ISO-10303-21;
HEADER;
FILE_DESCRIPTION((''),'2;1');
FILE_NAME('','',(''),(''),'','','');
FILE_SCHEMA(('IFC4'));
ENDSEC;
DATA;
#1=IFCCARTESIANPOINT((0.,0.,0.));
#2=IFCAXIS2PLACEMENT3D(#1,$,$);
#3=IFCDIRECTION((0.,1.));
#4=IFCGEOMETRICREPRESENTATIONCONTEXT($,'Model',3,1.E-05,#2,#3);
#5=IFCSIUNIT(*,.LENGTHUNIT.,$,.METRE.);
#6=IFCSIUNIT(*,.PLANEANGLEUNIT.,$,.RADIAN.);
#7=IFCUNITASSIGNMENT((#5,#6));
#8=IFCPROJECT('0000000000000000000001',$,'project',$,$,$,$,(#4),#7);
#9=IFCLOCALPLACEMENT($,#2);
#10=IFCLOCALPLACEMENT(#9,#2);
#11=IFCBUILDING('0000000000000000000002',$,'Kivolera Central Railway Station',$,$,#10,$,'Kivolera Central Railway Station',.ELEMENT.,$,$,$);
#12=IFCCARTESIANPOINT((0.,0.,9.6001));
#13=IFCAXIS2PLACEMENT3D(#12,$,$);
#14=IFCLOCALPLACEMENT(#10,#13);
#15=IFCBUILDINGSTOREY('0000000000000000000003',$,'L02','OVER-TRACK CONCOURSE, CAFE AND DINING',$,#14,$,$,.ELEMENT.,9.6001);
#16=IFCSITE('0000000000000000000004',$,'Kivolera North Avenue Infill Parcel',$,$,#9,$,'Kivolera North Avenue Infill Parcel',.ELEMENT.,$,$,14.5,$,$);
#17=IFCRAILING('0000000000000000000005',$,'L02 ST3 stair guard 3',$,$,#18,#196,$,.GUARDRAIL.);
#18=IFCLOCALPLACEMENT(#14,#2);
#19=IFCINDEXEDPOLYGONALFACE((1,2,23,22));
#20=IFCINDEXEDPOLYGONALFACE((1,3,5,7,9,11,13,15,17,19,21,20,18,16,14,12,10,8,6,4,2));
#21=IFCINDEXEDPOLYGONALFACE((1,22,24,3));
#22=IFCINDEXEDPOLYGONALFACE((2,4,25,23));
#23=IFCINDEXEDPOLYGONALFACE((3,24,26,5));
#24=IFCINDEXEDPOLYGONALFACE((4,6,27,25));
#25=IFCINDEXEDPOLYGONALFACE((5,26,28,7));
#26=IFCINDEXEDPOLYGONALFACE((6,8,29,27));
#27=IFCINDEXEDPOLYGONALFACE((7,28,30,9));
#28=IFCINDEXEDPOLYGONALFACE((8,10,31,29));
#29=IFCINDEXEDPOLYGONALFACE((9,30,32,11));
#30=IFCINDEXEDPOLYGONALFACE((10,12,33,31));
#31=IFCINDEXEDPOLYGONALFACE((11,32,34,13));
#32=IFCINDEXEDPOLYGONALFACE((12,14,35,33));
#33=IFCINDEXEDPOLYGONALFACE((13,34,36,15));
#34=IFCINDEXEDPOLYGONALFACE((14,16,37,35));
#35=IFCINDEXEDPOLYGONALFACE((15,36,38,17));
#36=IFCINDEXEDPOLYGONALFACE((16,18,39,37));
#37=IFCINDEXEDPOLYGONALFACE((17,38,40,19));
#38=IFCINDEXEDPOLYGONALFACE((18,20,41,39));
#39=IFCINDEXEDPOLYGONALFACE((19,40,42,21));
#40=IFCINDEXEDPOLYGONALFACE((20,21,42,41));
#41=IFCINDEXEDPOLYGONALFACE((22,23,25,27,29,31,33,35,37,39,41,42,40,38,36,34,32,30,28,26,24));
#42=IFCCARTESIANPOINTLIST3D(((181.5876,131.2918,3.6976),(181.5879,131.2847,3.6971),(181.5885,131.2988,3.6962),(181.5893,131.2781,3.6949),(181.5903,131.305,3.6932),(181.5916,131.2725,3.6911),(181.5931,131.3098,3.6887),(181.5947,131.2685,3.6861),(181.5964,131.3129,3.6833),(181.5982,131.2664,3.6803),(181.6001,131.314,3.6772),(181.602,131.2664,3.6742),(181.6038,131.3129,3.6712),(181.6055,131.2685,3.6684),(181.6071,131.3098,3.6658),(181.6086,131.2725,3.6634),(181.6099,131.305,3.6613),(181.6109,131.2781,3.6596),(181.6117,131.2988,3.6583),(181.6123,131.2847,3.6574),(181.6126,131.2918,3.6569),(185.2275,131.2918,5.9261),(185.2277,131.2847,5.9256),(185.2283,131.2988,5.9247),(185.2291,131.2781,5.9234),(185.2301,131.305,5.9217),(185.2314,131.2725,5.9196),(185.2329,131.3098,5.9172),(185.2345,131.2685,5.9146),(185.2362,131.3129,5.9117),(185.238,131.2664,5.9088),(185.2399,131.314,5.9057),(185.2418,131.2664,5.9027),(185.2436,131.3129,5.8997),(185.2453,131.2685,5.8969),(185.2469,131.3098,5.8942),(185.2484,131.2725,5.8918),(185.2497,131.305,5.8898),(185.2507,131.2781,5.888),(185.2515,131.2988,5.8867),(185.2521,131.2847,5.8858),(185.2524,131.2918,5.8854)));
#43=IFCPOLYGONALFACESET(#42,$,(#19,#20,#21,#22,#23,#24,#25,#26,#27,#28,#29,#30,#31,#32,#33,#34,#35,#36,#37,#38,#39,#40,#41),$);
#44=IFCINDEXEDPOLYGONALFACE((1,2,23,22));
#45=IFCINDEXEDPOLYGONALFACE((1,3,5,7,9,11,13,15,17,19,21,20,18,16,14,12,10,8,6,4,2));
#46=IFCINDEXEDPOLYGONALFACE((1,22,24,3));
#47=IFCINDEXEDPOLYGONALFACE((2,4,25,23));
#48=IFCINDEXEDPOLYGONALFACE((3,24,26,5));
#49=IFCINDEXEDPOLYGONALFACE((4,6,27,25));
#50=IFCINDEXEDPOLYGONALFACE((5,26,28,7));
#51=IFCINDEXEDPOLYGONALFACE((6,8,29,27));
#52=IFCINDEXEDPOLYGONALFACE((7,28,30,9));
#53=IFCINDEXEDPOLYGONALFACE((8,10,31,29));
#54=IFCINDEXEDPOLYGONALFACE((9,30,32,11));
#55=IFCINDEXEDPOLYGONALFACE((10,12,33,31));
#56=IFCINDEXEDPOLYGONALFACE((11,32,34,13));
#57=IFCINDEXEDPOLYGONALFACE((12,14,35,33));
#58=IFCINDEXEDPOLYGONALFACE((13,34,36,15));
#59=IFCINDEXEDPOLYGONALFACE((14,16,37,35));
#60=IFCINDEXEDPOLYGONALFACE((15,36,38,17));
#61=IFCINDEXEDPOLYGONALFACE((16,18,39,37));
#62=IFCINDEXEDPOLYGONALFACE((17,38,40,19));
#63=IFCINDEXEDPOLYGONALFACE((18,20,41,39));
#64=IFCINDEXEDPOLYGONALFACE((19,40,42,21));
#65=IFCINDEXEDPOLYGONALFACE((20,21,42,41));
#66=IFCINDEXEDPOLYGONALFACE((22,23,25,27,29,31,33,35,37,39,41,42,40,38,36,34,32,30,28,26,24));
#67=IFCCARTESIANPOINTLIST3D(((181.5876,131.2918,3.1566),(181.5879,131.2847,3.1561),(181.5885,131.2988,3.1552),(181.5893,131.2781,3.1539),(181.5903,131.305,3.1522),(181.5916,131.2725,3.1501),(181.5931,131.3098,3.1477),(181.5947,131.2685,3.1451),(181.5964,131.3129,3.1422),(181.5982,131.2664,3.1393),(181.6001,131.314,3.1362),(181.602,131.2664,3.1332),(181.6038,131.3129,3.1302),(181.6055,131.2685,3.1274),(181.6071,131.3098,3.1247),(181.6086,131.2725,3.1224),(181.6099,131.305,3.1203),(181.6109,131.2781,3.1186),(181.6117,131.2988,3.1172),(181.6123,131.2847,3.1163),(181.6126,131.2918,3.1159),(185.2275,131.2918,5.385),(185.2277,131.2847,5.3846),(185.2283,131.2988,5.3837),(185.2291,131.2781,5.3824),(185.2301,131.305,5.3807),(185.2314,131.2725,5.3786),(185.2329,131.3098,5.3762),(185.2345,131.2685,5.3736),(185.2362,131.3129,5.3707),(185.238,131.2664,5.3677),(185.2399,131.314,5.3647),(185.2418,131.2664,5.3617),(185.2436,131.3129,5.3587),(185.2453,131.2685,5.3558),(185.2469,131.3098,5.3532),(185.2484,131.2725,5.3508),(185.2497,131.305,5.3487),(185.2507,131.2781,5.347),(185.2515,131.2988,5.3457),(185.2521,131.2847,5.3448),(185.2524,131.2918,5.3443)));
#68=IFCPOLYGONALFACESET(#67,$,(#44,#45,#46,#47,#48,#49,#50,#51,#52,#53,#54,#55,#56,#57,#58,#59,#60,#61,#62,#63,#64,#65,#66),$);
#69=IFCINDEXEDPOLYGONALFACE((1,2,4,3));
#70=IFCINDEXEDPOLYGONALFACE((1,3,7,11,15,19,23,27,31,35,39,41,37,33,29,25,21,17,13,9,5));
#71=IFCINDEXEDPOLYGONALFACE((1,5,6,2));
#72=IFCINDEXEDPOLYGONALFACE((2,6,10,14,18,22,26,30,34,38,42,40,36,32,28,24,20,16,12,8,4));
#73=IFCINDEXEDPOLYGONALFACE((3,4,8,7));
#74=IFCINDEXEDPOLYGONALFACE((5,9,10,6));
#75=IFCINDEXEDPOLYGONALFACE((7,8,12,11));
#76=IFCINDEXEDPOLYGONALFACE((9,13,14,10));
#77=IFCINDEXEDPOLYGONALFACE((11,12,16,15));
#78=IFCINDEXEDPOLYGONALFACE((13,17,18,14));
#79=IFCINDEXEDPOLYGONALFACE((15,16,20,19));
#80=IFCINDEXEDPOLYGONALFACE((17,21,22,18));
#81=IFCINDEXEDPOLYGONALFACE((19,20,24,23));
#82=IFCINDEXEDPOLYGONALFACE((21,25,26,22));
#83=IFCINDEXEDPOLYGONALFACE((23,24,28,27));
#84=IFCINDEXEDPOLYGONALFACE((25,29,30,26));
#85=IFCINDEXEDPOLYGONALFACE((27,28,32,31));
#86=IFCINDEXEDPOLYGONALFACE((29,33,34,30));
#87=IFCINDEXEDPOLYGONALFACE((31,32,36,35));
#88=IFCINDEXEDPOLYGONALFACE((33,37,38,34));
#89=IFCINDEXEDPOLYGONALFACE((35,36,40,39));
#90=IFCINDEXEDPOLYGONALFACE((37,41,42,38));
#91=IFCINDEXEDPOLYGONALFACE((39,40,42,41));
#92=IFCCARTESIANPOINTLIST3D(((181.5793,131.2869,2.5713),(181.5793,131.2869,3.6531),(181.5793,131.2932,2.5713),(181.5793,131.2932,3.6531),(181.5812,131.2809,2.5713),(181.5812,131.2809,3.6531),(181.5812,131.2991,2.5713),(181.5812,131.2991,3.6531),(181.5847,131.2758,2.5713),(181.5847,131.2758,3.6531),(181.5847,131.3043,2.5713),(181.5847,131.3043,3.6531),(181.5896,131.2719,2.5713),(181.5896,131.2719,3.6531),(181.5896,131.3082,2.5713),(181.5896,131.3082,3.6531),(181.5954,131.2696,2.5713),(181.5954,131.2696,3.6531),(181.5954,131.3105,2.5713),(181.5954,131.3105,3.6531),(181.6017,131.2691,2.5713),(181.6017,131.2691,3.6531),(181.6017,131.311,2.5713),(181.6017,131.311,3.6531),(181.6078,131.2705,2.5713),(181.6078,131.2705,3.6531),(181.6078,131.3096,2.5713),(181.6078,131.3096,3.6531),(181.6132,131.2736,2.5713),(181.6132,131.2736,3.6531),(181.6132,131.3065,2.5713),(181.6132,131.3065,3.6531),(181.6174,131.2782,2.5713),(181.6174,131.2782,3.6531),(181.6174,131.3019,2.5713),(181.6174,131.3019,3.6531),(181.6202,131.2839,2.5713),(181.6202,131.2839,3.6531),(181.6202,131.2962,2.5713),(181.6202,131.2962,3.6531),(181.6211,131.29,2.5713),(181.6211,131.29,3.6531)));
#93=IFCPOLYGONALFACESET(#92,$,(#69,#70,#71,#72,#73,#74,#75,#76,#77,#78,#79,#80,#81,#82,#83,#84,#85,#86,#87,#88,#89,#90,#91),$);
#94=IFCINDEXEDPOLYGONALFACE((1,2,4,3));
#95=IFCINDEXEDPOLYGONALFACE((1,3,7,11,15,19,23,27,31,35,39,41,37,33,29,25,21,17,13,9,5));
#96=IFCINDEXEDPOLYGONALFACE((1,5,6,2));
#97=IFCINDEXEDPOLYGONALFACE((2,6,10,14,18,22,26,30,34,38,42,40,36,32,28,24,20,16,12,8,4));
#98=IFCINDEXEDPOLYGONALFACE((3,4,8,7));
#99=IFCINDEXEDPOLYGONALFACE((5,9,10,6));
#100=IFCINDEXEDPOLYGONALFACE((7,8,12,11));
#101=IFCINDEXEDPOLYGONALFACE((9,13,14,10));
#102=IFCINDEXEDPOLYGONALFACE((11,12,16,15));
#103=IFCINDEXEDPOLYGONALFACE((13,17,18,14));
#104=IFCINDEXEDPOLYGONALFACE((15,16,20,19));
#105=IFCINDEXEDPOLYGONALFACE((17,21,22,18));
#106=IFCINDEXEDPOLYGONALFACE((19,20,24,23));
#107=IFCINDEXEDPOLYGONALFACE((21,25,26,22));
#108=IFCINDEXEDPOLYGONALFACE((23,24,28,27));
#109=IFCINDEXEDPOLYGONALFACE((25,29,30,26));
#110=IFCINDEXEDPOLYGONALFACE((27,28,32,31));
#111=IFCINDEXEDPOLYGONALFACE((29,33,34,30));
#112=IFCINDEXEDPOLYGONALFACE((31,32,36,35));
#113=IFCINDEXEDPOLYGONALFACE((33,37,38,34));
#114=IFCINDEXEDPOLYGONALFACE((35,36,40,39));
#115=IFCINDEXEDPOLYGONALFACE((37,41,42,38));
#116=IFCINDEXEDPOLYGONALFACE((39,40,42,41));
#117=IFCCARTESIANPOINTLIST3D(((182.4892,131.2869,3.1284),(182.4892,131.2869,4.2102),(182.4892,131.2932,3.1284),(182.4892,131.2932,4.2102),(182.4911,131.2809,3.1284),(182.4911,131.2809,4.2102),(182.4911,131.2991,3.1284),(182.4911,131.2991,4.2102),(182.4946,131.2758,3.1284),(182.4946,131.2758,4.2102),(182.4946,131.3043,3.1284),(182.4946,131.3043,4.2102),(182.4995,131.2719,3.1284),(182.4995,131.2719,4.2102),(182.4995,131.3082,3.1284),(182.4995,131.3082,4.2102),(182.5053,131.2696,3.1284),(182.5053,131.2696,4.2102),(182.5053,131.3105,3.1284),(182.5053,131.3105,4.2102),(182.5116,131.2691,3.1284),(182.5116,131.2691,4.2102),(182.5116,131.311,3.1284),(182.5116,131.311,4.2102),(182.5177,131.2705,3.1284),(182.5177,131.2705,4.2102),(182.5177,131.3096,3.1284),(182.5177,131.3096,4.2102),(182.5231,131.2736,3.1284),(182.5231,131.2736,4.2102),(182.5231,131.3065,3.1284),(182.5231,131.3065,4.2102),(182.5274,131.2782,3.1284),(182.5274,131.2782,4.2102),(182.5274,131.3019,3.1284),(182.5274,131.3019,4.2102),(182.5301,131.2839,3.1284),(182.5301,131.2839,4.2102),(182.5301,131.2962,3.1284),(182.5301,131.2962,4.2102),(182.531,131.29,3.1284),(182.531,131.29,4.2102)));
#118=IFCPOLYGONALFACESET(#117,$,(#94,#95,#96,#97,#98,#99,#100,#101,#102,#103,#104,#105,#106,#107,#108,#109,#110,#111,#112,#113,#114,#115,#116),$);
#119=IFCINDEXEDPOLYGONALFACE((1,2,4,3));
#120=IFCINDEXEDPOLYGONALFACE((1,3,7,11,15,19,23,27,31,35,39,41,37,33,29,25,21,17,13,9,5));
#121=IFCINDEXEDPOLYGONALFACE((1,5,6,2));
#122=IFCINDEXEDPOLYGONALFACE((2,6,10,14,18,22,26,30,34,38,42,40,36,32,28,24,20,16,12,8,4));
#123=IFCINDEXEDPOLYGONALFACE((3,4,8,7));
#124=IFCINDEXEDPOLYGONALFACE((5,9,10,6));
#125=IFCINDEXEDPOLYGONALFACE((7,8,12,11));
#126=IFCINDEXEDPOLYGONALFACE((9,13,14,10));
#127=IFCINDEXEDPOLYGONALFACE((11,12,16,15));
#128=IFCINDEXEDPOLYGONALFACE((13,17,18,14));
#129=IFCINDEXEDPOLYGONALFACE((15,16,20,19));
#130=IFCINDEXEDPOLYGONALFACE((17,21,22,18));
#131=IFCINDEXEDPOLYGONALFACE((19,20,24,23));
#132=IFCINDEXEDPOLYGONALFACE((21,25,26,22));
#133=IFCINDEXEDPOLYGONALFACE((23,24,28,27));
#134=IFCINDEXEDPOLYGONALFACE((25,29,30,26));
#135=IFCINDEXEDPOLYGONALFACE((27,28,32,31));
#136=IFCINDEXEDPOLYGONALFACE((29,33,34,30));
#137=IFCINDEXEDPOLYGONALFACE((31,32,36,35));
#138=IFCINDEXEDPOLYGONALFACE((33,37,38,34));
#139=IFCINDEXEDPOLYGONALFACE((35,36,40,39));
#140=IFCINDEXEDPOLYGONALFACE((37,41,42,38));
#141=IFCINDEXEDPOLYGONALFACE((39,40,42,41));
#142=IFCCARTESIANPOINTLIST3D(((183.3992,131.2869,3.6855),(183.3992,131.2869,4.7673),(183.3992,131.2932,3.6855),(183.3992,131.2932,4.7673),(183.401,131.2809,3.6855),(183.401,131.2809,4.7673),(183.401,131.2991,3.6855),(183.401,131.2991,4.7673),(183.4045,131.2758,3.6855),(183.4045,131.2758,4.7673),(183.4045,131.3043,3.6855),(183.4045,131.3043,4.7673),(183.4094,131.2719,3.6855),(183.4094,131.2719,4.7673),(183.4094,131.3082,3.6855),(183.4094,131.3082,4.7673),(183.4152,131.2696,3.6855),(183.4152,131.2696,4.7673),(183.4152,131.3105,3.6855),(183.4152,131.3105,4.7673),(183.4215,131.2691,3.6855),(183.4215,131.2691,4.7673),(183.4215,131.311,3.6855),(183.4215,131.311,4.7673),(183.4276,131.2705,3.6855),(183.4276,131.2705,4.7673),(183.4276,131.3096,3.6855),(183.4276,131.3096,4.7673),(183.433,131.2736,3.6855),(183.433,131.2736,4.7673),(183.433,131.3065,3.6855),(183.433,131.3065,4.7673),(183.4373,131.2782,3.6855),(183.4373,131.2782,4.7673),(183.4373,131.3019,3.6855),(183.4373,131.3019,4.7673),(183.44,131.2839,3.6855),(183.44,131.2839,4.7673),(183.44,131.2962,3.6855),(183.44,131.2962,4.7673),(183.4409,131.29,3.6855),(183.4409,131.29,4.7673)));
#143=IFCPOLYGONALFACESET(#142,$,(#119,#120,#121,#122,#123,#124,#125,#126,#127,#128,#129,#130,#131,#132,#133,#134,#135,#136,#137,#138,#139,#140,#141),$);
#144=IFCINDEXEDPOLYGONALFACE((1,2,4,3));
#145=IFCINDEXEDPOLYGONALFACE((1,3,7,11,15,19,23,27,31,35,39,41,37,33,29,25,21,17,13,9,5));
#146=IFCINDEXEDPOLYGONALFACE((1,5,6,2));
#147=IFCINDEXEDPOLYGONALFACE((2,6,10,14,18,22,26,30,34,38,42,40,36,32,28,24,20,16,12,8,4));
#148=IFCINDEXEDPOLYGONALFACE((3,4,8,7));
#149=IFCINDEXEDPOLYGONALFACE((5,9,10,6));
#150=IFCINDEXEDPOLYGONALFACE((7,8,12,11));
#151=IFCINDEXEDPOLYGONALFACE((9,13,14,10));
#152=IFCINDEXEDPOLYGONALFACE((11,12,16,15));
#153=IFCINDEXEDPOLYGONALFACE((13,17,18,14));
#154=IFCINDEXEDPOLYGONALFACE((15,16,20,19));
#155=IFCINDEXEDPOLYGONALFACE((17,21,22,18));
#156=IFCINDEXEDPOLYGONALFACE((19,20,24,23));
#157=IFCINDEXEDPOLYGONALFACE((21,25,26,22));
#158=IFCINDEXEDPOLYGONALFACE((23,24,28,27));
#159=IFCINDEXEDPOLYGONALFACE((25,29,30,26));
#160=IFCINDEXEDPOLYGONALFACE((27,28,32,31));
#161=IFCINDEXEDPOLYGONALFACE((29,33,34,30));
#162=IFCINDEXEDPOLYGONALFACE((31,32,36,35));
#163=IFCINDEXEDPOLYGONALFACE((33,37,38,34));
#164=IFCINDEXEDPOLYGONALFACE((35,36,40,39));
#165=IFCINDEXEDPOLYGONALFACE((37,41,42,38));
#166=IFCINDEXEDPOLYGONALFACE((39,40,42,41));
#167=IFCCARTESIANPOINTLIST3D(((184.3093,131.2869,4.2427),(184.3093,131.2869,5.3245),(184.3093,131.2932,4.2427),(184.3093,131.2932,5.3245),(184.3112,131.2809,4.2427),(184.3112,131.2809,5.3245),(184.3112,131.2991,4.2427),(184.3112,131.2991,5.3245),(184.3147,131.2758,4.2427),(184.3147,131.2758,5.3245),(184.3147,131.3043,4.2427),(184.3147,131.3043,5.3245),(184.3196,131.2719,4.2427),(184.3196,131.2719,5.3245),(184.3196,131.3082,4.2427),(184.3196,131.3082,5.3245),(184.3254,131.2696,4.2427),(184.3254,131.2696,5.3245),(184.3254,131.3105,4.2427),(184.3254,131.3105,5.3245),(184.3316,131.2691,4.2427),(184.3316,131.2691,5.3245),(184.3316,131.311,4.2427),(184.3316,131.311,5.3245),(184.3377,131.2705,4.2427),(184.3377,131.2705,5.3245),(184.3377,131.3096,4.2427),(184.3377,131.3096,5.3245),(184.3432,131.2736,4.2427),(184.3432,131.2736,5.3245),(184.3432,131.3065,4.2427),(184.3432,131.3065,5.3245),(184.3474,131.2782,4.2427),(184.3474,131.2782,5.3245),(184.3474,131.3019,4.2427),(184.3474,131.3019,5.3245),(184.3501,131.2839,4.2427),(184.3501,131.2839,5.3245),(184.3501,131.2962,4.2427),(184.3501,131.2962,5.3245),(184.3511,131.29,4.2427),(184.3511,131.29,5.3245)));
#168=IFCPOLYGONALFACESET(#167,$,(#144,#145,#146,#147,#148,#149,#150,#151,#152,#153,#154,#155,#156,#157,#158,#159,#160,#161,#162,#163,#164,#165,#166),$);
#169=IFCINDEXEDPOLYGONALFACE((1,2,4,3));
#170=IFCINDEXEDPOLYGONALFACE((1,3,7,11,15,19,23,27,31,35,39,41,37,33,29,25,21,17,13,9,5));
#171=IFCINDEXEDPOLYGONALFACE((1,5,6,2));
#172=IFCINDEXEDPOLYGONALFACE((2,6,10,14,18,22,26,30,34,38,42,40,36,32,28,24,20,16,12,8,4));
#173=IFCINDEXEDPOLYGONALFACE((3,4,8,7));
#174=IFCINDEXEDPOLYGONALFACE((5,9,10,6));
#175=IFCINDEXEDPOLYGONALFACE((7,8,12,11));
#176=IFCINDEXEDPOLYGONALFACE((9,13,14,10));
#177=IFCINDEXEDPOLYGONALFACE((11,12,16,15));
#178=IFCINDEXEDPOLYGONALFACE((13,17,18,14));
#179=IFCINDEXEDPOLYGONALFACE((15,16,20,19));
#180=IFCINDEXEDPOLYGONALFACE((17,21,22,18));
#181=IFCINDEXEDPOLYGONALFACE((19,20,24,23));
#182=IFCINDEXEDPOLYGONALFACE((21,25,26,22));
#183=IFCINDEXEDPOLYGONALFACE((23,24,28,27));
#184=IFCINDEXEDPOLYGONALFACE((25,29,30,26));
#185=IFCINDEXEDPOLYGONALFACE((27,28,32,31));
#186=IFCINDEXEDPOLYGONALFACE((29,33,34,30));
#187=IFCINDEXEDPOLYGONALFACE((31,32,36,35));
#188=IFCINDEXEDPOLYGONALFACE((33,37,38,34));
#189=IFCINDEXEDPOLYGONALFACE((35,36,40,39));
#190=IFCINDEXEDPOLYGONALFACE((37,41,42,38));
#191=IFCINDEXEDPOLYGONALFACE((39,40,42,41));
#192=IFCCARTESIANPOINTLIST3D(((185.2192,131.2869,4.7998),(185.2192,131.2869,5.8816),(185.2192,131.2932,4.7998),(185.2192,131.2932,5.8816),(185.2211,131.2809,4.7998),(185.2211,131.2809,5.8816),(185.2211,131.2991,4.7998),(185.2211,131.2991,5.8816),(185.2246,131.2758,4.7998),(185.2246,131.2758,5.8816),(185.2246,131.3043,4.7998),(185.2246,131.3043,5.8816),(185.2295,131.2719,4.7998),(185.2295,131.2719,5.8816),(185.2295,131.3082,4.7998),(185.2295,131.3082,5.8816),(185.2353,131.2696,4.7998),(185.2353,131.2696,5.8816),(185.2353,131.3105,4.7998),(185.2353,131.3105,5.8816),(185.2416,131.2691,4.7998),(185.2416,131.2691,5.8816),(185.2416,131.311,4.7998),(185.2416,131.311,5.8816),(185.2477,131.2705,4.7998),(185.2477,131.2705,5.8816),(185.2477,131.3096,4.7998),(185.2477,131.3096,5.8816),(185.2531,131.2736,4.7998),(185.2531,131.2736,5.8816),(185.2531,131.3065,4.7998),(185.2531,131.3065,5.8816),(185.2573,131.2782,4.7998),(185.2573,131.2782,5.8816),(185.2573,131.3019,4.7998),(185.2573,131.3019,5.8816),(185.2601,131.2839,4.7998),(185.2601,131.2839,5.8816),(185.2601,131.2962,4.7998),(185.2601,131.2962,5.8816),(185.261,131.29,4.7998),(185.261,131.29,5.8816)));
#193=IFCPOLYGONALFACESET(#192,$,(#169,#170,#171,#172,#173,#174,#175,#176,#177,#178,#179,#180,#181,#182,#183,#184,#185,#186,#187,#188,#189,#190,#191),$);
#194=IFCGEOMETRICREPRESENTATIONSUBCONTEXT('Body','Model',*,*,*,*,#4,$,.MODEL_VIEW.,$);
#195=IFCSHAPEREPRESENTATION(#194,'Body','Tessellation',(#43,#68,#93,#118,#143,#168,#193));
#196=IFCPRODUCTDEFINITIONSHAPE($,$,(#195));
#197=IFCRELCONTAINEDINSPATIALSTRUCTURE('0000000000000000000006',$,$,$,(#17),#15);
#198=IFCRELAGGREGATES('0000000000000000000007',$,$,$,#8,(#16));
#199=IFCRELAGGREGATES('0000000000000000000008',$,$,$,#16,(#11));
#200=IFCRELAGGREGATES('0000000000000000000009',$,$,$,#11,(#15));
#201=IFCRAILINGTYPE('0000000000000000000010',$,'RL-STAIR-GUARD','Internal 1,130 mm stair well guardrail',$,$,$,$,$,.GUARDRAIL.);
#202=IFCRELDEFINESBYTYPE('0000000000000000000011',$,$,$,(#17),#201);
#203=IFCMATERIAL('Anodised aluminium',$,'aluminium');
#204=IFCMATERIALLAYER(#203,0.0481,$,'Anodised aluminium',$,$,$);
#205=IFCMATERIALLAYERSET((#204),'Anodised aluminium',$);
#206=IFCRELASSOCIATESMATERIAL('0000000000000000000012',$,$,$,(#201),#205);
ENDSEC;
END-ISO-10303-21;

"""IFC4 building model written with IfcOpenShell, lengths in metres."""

from ifc_helpers import new_model, si_unit, direction, frame, origin, origin_2d, place, context, subcontext, project, spatial, circle, extrude, material, layer, layer_set, type_object, element, save


model = new_model("IFC4")

# Units and contexts
model_context = context("Model", 3, precision=1e-05, world=origin(), true_north=direction((0.0, 1.0)))
body_context = subcontext(model_context, "Body", "Model", "MODEL_VIEW")
ifc_project = project(units=[si_unit("LENGTHUNIT", "METRE"), si_unit("PLANEANGLEUNIT", "RADIAN")], contexts=[model_context])

# Site, building, storey
site_placement = place(None, origin())
site = spatial("IfcSite", under=ifc_project, at=site_placement, Name="Kivolera North Avenue Infill Parcel", LongName="Kivolera North Avenue Infill Parcel", CompositionType="ELEMENT", RefElevation=14.5)
building_placement = place(site_placement, origin())
building = spatial("IfcBuilding", under=site, at=building_placement, Name="Kivolera Central Railway Station", LongName="Kivolera Central Railway Station", CompositionType="ELEMENT")
storey_placement = place(building_placement, frame((0.0, 0.0, 9.6001)))
storey = spatial("IfcBuildingStorey", under=building, at=storey_placement, Name="L02", Description="OVER-TRACK CONCOURSE, CAFE AND DINING", CompositionType="ELEMENT", Elevation=9.6001)

# Shared definitions
ifc_material_1 = material(Name="Anodised aluminium", Category="aluminium")

# Railing
ifc_layer_1 = layer(ifc_material_1, 0.0481, Name="Anodised aluminium")
ifc_layer_set_1 = layer_set([ifc_layer_1], Name="Anodised aluminium")
railing_type_1 = type_object("IfcRailingType", Name="RL-STAIR-GUARD", Description="Internal 1,130 mm stair well guardrail", PredefinedType="GUARDRAIL", material=ifc_layer_set_1)
railing_1_placement = place(storey_placement, frame((181.6001, 131.29, 2.5713)))
element("IfcRailing", 1, at=railing_1_placement, inside=storey, type_object=railing_type_1, Name="L02 ST3 stair guard 3", PredefinedType="GUARDRAIL", context=body_context, shape_type="SweptSolid", body=[
    extrude(circle(Radius=0.0239, at=origin_2d()), frame((0.0, 0.0, 1.106), z_axis=(0.85285, 0.0, 0.522156), x_axis=(0.0, 1.0, 0.0)), (0.0, 0.0, 1.0), 4.2678),
    extrude(circle(Radius=0.0239, at=origin_2d()), frame((0.0, 0.0, 0.5649), z_axis=(0.85285, 0.0, 0.522156), x_axis=(0.0, 1.0, 0.0)), (0.0, 0.0, 1.0), 4.2678),
    extrude(circle(Radius=0.021, at=origin_2d()), origin(), (0.0, 0.0, 1.0), 1.0818),
    extrude(circle(Radius=0.021, at=origin_2d()), frame((0.9099, 0.0, 0.5571)), (0.0, 0.0, 1.0), 1.0818),
    extrude(circle(Radius=0.021, at=origin_2d()), frame((1.8198, 0.0, 1.1143)), (0.0, 0.0, 1.0), 1.0818),
    extrude(circle(Radius=0.021, at=origin_2d()), frame((2.73, 0.0, 1.6714)), (0.0, 0.0, 1.0), 1.0818),
    extrude(circle(Radius=0.021, at=origin_2d()), frame((3.6399, 0.0, 2.2285)), (0.0, 0.0, 1.0), 1.0818),
])

save(model, "model.ifc")
